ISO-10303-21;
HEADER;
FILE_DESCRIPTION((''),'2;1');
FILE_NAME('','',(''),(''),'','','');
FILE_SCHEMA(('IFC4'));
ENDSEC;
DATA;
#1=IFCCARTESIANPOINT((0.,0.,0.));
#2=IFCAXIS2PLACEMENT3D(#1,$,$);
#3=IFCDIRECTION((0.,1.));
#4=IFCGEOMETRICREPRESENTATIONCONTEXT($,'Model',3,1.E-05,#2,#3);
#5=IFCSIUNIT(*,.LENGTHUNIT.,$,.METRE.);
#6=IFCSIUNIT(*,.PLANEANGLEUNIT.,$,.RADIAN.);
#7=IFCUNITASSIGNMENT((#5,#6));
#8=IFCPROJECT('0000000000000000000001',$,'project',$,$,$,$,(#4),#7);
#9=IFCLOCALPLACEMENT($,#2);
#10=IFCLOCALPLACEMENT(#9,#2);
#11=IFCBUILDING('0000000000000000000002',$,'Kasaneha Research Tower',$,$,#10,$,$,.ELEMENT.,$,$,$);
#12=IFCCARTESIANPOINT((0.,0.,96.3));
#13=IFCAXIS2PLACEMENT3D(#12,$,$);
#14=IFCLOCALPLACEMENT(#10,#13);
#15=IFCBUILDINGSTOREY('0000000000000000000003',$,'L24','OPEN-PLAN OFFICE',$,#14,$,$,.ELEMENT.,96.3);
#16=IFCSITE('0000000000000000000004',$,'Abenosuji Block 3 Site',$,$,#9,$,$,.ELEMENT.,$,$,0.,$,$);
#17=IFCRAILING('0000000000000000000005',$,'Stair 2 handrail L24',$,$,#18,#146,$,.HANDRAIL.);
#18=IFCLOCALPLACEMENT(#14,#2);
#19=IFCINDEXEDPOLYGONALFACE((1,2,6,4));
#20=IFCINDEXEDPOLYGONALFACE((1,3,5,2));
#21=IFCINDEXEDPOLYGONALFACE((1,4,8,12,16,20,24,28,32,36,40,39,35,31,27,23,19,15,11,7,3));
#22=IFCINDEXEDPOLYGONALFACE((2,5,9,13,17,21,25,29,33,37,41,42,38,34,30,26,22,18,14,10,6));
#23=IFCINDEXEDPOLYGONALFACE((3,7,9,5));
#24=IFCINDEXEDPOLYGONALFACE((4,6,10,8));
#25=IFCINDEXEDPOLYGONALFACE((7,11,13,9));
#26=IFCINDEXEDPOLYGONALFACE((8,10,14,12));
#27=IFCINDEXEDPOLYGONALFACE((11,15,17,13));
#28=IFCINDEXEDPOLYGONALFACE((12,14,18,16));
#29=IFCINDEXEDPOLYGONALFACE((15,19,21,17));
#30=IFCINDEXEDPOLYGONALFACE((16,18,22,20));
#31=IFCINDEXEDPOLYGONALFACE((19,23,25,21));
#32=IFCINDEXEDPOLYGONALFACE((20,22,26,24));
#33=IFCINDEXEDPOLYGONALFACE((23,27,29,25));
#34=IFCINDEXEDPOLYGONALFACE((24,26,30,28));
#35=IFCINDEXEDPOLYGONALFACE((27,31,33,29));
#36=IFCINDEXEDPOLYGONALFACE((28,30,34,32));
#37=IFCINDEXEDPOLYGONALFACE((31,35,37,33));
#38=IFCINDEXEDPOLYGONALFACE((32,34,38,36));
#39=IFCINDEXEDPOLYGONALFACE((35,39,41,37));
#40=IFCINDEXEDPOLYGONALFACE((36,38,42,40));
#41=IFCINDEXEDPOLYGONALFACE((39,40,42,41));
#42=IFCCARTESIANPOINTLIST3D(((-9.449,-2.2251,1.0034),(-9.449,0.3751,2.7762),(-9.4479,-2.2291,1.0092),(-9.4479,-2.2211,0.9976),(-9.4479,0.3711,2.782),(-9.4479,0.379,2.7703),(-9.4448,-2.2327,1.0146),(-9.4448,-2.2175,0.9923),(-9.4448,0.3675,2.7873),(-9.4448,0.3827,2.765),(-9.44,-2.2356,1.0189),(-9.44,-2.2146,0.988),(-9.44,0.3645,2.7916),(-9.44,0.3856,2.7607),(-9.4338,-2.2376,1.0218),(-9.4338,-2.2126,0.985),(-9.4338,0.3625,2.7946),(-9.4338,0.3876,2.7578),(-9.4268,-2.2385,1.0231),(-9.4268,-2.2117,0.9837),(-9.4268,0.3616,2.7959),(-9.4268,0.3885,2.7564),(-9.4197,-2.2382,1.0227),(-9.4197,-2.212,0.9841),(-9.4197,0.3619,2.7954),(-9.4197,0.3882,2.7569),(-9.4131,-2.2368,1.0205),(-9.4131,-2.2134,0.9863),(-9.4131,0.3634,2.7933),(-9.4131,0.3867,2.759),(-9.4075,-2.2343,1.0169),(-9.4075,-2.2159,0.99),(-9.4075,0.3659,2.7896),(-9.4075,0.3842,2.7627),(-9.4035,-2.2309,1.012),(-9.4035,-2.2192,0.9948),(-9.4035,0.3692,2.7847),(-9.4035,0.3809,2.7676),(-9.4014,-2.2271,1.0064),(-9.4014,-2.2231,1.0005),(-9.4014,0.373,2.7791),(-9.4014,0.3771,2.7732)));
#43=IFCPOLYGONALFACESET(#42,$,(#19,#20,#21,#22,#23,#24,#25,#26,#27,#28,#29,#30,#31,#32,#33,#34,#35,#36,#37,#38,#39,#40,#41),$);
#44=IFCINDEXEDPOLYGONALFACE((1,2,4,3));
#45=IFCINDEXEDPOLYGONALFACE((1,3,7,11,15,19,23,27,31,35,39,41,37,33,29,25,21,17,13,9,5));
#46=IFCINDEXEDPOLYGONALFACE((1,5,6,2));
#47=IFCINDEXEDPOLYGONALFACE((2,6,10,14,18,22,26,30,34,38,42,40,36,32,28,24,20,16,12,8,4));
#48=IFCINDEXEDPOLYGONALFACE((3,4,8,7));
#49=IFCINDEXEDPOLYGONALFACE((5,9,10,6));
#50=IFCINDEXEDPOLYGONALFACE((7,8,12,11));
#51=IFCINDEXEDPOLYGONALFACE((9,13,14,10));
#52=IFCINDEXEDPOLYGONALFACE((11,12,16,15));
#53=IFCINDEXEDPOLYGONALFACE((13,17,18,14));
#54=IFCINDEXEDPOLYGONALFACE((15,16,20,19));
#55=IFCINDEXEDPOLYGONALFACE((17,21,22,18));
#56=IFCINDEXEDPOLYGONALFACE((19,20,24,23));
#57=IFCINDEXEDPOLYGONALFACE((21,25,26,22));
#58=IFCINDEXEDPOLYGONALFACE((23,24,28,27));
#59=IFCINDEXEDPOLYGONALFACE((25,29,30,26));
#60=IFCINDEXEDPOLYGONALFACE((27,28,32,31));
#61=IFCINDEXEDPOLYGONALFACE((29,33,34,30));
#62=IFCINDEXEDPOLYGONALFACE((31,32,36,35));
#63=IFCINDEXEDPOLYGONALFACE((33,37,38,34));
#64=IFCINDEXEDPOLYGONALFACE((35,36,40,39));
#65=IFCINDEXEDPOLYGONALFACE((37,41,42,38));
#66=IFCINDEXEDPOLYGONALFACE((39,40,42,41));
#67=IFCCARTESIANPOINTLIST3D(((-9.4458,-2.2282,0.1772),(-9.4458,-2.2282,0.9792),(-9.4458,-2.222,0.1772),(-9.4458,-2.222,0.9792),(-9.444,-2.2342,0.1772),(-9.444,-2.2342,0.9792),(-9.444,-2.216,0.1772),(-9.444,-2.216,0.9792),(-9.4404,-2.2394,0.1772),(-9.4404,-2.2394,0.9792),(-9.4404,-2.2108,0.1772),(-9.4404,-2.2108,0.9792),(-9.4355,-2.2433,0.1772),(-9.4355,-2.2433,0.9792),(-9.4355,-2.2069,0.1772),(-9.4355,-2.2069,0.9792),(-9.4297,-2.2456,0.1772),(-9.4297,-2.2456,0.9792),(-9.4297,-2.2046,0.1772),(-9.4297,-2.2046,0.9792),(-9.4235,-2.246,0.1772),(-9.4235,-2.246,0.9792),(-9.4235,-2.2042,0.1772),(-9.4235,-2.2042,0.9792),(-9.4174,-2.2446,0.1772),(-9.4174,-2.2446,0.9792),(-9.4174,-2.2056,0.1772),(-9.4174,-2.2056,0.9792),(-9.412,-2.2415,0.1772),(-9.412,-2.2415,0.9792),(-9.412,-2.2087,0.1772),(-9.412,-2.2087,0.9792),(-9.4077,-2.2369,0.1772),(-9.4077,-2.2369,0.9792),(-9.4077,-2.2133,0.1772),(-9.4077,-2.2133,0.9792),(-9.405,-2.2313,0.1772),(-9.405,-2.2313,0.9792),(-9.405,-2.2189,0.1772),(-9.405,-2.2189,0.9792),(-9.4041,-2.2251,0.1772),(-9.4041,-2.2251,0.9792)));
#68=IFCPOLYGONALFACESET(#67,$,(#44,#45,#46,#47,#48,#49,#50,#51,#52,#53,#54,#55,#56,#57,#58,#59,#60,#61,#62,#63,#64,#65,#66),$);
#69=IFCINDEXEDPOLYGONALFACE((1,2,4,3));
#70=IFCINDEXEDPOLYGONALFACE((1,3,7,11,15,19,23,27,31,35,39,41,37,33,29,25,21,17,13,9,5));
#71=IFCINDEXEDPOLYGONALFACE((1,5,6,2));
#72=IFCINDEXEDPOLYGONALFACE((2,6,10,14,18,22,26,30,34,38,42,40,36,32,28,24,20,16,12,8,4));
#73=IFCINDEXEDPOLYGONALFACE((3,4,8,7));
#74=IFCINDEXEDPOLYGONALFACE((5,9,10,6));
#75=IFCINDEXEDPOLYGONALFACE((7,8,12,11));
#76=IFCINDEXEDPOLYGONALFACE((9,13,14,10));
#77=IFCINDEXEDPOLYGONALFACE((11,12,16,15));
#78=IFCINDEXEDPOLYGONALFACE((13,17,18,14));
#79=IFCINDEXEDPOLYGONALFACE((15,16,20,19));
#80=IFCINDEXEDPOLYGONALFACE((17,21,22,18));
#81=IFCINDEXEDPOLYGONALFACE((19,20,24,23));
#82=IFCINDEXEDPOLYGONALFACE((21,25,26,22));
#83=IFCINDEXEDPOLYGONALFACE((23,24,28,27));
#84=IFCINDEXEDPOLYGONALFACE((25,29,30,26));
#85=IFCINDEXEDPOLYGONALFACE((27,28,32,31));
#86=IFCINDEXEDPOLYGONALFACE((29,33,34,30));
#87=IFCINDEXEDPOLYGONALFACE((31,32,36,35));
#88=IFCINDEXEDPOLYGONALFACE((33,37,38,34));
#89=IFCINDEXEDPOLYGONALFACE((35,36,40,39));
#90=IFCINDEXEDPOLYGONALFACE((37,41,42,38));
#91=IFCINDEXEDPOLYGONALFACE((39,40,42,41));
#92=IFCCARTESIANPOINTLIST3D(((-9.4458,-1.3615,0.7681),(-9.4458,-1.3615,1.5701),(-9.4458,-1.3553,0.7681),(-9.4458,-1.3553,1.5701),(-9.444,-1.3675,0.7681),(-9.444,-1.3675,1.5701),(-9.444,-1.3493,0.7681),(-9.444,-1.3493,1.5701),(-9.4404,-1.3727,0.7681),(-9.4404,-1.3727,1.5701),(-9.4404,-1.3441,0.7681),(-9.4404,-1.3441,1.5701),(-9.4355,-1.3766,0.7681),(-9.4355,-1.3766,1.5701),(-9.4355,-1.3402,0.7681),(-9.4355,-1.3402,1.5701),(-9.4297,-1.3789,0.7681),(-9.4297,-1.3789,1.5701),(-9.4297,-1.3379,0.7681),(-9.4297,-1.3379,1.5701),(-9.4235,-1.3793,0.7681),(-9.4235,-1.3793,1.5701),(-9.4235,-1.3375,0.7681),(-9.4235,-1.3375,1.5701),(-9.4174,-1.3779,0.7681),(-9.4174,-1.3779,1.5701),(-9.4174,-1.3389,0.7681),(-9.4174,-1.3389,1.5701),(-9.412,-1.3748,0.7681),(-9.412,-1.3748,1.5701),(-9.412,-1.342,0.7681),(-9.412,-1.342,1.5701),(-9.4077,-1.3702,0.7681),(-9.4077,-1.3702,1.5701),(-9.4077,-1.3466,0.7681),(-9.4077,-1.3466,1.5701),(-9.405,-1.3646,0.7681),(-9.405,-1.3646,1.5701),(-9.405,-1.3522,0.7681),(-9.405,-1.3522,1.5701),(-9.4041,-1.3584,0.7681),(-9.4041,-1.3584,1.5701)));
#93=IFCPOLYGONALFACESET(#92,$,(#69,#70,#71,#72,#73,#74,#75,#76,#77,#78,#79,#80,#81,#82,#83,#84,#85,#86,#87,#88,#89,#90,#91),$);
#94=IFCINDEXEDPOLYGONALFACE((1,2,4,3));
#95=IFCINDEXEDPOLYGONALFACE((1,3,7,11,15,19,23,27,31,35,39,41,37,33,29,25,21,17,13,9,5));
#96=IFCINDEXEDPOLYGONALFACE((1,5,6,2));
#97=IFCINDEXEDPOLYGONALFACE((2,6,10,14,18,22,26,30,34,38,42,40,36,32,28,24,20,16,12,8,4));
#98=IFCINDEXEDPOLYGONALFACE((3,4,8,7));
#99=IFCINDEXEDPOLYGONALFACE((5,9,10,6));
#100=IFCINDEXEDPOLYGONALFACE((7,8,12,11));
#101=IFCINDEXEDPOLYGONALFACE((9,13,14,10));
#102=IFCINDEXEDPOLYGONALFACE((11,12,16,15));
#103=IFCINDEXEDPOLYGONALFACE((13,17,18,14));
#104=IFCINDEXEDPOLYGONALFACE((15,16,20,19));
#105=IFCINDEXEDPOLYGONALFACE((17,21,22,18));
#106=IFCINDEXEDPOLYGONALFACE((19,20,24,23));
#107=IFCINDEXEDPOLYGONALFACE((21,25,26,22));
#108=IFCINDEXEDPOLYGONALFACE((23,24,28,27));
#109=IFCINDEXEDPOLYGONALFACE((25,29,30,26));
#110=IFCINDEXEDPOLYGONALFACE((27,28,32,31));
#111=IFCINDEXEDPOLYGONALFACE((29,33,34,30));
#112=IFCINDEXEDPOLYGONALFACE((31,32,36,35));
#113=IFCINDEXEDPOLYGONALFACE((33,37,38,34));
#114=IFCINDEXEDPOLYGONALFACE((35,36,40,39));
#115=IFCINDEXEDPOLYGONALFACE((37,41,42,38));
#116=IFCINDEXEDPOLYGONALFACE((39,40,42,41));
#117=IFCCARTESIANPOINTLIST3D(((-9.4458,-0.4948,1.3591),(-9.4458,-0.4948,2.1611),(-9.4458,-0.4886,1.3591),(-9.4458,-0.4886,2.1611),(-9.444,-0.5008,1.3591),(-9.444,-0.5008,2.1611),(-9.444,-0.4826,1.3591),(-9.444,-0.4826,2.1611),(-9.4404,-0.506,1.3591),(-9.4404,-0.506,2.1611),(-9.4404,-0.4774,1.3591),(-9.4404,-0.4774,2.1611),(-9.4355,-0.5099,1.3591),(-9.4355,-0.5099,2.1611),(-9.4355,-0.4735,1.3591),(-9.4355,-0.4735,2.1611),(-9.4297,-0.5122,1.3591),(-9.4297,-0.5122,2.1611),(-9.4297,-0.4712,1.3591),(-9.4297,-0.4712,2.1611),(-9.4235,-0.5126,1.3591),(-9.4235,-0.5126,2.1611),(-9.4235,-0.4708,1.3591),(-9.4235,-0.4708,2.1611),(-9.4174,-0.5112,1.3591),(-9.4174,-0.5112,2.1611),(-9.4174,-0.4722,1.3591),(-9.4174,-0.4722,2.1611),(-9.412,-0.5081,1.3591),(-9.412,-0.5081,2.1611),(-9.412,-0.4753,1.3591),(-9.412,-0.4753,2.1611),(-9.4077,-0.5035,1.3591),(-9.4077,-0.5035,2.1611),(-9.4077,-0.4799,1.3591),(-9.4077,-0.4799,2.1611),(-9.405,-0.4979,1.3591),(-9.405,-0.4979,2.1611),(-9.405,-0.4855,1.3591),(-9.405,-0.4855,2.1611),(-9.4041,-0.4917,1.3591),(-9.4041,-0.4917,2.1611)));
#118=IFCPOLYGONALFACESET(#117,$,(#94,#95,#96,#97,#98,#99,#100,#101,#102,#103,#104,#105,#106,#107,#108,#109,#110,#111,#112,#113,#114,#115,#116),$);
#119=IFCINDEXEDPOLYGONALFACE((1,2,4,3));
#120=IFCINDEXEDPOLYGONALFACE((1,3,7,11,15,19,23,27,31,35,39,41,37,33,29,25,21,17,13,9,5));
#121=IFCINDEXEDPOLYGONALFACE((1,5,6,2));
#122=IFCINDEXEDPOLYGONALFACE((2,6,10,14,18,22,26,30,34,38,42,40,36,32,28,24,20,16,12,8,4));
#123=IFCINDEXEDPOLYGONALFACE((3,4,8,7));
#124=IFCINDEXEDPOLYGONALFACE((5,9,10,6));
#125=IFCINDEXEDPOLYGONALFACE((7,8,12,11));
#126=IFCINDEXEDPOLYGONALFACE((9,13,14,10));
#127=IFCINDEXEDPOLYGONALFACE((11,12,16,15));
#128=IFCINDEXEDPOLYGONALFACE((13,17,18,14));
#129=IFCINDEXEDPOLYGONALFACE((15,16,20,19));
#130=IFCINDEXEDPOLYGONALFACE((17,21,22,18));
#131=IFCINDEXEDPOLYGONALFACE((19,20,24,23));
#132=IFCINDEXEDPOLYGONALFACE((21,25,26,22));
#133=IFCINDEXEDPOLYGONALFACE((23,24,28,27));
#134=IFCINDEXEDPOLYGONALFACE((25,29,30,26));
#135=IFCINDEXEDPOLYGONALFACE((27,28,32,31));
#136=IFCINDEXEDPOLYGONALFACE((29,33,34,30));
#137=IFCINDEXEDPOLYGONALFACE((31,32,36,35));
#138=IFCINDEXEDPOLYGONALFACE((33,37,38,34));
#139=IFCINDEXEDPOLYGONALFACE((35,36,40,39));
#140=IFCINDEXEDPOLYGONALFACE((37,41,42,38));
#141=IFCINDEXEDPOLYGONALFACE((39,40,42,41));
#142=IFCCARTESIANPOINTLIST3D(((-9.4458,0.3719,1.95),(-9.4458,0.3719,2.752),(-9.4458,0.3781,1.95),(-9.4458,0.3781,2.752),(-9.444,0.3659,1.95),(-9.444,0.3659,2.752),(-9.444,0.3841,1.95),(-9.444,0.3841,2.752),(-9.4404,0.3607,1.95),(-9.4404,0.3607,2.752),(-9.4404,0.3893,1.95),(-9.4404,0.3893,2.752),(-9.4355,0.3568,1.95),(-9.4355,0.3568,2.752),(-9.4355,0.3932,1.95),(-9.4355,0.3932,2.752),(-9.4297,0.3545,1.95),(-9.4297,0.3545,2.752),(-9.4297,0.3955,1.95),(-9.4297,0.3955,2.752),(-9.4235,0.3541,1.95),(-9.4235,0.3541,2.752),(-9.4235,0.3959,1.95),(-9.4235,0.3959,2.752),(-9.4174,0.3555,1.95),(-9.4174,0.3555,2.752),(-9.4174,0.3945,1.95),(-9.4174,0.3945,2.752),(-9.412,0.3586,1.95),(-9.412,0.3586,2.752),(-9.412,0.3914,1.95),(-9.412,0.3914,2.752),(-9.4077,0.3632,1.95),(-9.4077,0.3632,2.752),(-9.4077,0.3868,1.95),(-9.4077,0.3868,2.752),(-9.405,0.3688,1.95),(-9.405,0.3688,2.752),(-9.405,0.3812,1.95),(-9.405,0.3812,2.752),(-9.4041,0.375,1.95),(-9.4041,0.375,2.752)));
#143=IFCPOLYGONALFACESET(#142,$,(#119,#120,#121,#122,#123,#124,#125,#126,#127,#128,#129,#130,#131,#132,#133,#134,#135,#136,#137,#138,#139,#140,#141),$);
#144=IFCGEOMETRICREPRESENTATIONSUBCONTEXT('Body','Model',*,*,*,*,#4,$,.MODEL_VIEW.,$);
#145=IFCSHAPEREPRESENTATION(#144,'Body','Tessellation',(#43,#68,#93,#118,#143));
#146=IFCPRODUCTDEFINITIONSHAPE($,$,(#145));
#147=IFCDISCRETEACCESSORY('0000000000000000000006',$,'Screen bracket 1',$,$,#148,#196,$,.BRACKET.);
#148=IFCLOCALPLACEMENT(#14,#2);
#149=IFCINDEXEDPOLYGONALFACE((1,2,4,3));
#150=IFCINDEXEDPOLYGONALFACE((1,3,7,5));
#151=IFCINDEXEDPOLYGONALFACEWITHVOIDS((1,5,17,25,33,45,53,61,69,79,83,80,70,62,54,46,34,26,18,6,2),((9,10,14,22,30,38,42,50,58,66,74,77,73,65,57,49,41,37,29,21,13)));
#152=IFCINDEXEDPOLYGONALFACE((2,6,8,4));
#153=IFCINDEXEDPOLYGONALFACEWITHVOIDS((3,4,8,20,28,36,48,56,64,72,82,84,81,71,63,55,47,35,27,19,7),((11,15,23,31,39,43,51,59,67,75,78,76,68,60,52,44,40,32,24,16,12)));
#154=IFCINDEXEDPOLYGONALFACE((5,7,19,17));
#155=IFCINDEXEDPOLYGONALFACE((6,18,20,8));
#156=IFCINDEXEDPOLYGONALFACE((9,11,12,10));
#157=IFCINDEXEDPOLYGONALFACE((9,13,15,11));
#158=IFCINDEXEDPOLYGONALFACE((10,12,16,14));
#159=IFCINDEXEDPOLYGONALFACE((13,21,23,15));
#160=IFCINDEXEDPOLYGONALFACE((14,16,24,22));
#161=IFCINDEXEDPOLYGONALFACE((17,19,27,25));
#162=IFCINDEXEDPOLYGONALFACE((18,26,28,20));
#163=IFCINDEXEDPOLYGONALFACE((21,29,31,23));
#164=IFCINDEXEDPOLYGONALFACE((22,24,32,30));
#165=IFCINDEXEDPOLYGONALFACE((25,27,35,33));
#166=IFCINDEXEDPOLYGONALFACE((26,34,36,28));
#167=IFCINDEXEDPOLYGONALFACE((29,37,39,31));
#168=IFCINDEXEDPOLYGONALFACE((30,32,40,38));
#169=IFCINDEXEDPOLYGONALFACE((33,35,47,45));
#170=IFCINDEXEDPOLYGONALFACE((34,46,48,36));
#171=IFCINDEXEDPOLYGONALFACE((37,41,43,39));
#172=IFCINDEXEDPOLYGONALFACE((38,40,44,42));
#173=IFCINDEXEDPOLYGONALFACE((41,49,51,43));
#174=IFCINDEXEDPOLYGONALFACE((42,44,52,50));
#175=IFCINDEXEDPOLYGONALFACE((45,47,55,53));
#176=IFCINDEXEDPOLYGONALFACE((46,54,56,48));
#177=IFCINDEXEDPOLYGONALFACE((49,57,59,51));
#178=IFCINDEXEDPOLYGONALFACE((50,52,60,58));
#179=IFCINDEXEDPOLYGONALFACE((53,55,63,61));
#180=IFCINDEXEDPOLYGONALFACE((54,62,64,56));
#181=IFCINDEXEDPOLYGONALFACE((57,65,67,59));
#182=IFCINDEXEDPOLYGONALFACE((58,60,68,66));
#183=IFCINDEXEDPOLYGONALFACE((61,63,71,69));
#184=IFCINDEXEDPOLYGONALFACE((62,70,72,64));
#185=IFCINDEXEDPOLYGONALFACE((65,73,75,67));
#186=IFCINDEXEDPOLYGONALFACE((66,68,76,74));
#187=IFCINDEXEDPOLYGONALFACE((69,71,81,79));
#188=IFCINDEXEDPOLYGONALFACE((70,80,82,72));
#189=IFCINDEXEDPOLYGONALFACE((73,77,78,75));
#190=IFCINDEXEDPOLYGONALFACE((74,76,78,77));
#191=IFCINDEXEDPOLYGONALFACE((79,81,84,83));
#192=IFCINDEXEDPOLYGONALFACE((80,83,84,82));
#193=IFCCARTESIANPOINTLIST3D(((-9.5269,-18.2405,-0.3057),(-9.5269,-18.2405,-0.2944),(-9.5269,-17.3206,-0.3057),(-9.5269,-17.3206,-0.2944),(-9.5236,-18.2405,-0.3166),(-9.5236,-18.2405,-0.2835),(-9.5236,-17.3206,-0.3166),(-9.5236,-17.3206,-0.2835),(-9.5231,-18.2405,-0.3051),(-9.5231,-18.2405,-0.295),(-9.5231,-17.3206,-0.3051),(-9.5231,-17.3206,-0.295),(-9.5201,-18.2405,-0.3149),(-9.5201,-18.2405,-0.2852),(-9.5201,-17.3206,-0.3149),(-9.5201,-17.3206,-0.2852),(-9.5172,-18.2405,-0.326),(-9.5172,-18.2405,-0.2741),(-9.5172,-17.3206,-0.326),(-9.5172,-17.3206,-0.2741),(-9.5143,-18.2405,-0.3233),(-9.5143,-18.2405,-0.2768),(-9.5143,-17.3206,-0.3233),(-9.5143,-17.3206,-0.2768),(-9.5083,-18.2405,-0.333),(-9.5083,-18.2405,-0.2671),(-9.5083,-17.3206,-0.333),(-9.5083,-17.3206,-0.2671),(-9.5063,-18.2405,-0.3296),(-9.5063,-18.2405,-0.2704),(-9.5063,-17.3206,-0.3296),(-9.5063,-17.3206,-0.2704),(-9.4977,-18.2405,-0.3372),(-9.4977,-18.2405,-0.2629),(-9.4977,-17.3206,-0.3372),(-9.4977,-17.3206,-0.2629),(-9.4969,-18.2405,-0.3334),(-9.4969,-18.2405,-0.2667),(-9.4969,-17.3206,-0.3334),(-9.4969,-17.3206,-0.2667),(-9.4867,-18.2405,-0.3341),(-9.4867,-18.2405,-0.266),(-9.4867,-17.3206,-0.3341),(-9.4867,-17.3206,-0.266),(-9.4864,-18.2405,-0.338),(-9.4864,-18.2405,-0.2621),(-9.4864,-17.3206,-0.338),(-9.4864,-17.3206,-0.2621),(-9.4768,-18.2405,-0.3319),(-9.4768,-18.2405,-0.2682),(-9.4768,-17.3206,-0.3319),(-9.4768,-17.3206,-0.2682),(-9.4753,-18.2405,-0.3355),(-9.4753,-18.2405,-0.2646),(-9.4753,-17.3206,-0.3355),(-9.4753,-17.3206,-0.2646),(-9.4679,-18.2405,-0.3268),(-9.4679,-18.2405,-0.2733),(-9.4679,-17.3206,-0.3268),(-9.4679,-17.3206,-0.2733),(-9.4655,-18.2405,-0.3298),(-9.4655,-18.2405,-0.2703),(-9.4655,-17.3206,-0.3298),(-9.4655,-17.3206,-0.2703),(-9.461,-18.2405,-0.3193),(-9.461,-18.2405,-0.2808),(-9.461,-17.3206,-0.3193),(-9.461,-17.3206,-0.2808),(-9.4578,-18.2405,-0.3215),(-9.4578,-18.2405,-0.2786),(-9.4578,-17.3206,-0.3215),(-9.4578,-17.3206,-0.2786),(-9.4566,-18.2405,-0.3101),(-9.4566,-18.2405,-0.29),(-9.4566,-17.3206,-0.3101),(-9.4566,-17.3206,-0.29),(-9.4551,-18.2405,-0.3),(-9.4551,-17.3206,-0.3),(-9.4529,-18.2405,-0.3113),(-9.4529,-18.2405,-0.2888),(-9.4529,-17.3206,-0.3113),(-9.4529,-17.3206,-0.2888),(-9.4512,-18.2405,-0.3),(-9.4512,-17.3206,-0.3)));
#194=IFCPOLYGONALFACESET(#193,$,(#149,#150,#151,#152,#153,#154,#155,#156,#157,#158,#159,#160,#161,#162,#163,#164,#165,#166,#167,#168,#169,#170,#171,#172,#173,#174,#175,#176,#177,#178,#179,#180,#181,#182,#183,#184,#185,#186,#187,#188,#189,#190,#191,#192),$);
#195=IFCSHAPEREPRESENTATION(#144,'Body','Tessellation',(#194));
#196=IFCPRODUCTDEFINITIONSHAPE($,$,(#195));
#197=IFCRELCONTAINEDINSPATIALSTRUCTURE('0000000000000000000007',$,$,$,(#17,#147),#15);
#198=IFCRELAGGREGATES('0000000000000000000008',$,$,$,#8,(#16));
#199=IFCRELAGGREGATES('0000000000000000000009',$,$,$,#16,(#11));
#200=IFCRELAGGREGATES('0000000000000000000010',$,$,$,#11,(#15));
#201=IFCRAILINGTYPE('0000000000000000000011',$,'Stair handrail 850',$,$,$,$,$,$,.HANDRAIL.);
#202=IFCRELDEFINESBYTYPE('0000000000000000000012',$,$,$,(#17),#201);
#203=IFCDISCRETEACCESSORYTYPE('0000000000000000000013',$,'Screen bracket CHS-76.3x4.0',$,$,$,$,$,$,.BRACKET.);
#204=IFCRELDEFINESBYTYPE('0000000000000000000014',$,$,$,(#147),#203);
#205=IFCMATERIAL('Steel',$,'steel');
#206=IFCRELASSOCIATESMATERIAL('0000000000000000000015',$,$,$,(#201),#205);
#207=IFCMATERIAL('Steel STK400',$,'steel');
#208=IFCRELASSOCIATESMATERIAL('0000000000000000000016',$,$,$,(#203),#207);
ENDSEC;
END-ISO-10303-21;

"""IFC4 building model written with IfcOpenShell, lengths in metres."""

from ifc_helpers import new_model, si_unit, direction, frame, origin, origin_2d, place, context, subcontext, project, spatial, circle, hollow_circle, extrude, material, material_profile, profile_set, type_object, element, save


model = new_model("IFC4")

# Units and contexts
model_context = context("Model", 3, precision=1e-05, world=origin(), true_north=direction((0.0, 1.0)))
body_context = subcontext(model_context, "Body", "Model", "MODEL_VIEW")
ifc_project = project(units=[si_unit("LENGTHUNIT", "METRE"), si_unit("PLANEANGLEUNIT", "RADIAN")], contexts=[model_context])

# Site, building, storey
site_placement = place(None, origin())
site = spatial("IfcSite", under=ifc_project, at=site_placement, Name="Abenosuji Block 3 Site", CompositionType="ELEMENT", RefElevation=0.0)
building_placement = place(site_placement, origin())
building = spatial("IfcBuilding", under=site, at=building_placement, Name="Kasaneha Research Tower", CompositionType="ELEMENT")
storey_placement = place(building_placement, frame((0.0, 0.0, 96.3)))
storey = spatial("IfcBuildingStorey", under=building, at=storey_placement, Name="L24", Description="OPEN-PLAN OFFICE", CompositionType="ELEMENT", Elevation=96.3)

# Railing
ifc_material_1 = material(Name="Steel", Category="steel")
railing_type = type_object("IfcRailingType", Name="Stair handrail 850", PredefinedType="HANDRAIL", material=ifc_material_1)
railing_placement = place(storey_placement, frame((-9.425, -2.2251, 0.1772)))
element("IfcRailing", 1, at=railing_placement, inside=storey, type_object=railing_type, Name="Stair 2 handrail L24", PredefinedType="HANDRAIL", context=body_context, shape_type="SweptSolid", body=[
    extrude(circle(Radius=0.0239, at=origin_2d()), frame((0.0, 0.0, 0.8262), z_axis=(0.0, 0.82624, 0.563318), x_axis=(-1.0, 0.0, 0.0)), (0.0, 0.0, 1.0), 3.147),
    extrude(circle(Radius=0.021, at=origin_2d()), origin(), (0.0, 0.0, 1.0), 0.802),
    extrude(circle(Radius=0.021, at=origin_2d()), frame((0.0, 0.8667, 0.5908)), (0.0, 0.0, 1.0), 0.802),
    extrude(circle(Radius=0.021, at=origin_2d()), frame((0.0, 1.7334, 1.1819)), (0.0, 0.0, 1.0), 0.802),
    extrude(circle(Radius=0.021, at=origin_2d()), frame((0.0, 2.6001, 1.7727)), (0.0, 0.0, 1.0), 0.802),
])

# Discrete accessory
ifc_material_2 = material(Name="Steel STK400", Category="steel")
ifc_material_profile_1 = material_profile(ifc_material_2, hollow_circle(Radius=0.0381, WallThickness=0.0039, at=origin_2d()), Name="CHS-76.3x4.0")
ifc_profile_set_1 = profile_set([ifc_material_profile_1], Name="Steel STK400")
discrete_accessory_type = type_object("IfcDiscreteAccessoryType", Name="Screen bracket CHS-76.3x4.0", PredefinedType="BRACKET", material=ifc_profile_set_1)
discrete_accessory_placement = place(storey_placement, frame((-9.4893, -17.3206, -0.3), z_axis=(0.0, -1.0, 0.0), x_axis=(1.0, 0.0, 0.0)))
element("IfcDiscreteAccessory", 2, at=discrete_accessory_placement, inside=storey, type_object=discrete_accessory_type, Name="Screen bracket 1", PredefinedType="BRACKET", context=body_context, shape_type="SweptSolid", body=[
    extrude(hollow_circle(Radius=0.0381, WallThickness=0.0039, at=origin_2d()), origin(), (0.0, 0.0, 1.0), 0.9199),
])

save(model, "model.ifc")
